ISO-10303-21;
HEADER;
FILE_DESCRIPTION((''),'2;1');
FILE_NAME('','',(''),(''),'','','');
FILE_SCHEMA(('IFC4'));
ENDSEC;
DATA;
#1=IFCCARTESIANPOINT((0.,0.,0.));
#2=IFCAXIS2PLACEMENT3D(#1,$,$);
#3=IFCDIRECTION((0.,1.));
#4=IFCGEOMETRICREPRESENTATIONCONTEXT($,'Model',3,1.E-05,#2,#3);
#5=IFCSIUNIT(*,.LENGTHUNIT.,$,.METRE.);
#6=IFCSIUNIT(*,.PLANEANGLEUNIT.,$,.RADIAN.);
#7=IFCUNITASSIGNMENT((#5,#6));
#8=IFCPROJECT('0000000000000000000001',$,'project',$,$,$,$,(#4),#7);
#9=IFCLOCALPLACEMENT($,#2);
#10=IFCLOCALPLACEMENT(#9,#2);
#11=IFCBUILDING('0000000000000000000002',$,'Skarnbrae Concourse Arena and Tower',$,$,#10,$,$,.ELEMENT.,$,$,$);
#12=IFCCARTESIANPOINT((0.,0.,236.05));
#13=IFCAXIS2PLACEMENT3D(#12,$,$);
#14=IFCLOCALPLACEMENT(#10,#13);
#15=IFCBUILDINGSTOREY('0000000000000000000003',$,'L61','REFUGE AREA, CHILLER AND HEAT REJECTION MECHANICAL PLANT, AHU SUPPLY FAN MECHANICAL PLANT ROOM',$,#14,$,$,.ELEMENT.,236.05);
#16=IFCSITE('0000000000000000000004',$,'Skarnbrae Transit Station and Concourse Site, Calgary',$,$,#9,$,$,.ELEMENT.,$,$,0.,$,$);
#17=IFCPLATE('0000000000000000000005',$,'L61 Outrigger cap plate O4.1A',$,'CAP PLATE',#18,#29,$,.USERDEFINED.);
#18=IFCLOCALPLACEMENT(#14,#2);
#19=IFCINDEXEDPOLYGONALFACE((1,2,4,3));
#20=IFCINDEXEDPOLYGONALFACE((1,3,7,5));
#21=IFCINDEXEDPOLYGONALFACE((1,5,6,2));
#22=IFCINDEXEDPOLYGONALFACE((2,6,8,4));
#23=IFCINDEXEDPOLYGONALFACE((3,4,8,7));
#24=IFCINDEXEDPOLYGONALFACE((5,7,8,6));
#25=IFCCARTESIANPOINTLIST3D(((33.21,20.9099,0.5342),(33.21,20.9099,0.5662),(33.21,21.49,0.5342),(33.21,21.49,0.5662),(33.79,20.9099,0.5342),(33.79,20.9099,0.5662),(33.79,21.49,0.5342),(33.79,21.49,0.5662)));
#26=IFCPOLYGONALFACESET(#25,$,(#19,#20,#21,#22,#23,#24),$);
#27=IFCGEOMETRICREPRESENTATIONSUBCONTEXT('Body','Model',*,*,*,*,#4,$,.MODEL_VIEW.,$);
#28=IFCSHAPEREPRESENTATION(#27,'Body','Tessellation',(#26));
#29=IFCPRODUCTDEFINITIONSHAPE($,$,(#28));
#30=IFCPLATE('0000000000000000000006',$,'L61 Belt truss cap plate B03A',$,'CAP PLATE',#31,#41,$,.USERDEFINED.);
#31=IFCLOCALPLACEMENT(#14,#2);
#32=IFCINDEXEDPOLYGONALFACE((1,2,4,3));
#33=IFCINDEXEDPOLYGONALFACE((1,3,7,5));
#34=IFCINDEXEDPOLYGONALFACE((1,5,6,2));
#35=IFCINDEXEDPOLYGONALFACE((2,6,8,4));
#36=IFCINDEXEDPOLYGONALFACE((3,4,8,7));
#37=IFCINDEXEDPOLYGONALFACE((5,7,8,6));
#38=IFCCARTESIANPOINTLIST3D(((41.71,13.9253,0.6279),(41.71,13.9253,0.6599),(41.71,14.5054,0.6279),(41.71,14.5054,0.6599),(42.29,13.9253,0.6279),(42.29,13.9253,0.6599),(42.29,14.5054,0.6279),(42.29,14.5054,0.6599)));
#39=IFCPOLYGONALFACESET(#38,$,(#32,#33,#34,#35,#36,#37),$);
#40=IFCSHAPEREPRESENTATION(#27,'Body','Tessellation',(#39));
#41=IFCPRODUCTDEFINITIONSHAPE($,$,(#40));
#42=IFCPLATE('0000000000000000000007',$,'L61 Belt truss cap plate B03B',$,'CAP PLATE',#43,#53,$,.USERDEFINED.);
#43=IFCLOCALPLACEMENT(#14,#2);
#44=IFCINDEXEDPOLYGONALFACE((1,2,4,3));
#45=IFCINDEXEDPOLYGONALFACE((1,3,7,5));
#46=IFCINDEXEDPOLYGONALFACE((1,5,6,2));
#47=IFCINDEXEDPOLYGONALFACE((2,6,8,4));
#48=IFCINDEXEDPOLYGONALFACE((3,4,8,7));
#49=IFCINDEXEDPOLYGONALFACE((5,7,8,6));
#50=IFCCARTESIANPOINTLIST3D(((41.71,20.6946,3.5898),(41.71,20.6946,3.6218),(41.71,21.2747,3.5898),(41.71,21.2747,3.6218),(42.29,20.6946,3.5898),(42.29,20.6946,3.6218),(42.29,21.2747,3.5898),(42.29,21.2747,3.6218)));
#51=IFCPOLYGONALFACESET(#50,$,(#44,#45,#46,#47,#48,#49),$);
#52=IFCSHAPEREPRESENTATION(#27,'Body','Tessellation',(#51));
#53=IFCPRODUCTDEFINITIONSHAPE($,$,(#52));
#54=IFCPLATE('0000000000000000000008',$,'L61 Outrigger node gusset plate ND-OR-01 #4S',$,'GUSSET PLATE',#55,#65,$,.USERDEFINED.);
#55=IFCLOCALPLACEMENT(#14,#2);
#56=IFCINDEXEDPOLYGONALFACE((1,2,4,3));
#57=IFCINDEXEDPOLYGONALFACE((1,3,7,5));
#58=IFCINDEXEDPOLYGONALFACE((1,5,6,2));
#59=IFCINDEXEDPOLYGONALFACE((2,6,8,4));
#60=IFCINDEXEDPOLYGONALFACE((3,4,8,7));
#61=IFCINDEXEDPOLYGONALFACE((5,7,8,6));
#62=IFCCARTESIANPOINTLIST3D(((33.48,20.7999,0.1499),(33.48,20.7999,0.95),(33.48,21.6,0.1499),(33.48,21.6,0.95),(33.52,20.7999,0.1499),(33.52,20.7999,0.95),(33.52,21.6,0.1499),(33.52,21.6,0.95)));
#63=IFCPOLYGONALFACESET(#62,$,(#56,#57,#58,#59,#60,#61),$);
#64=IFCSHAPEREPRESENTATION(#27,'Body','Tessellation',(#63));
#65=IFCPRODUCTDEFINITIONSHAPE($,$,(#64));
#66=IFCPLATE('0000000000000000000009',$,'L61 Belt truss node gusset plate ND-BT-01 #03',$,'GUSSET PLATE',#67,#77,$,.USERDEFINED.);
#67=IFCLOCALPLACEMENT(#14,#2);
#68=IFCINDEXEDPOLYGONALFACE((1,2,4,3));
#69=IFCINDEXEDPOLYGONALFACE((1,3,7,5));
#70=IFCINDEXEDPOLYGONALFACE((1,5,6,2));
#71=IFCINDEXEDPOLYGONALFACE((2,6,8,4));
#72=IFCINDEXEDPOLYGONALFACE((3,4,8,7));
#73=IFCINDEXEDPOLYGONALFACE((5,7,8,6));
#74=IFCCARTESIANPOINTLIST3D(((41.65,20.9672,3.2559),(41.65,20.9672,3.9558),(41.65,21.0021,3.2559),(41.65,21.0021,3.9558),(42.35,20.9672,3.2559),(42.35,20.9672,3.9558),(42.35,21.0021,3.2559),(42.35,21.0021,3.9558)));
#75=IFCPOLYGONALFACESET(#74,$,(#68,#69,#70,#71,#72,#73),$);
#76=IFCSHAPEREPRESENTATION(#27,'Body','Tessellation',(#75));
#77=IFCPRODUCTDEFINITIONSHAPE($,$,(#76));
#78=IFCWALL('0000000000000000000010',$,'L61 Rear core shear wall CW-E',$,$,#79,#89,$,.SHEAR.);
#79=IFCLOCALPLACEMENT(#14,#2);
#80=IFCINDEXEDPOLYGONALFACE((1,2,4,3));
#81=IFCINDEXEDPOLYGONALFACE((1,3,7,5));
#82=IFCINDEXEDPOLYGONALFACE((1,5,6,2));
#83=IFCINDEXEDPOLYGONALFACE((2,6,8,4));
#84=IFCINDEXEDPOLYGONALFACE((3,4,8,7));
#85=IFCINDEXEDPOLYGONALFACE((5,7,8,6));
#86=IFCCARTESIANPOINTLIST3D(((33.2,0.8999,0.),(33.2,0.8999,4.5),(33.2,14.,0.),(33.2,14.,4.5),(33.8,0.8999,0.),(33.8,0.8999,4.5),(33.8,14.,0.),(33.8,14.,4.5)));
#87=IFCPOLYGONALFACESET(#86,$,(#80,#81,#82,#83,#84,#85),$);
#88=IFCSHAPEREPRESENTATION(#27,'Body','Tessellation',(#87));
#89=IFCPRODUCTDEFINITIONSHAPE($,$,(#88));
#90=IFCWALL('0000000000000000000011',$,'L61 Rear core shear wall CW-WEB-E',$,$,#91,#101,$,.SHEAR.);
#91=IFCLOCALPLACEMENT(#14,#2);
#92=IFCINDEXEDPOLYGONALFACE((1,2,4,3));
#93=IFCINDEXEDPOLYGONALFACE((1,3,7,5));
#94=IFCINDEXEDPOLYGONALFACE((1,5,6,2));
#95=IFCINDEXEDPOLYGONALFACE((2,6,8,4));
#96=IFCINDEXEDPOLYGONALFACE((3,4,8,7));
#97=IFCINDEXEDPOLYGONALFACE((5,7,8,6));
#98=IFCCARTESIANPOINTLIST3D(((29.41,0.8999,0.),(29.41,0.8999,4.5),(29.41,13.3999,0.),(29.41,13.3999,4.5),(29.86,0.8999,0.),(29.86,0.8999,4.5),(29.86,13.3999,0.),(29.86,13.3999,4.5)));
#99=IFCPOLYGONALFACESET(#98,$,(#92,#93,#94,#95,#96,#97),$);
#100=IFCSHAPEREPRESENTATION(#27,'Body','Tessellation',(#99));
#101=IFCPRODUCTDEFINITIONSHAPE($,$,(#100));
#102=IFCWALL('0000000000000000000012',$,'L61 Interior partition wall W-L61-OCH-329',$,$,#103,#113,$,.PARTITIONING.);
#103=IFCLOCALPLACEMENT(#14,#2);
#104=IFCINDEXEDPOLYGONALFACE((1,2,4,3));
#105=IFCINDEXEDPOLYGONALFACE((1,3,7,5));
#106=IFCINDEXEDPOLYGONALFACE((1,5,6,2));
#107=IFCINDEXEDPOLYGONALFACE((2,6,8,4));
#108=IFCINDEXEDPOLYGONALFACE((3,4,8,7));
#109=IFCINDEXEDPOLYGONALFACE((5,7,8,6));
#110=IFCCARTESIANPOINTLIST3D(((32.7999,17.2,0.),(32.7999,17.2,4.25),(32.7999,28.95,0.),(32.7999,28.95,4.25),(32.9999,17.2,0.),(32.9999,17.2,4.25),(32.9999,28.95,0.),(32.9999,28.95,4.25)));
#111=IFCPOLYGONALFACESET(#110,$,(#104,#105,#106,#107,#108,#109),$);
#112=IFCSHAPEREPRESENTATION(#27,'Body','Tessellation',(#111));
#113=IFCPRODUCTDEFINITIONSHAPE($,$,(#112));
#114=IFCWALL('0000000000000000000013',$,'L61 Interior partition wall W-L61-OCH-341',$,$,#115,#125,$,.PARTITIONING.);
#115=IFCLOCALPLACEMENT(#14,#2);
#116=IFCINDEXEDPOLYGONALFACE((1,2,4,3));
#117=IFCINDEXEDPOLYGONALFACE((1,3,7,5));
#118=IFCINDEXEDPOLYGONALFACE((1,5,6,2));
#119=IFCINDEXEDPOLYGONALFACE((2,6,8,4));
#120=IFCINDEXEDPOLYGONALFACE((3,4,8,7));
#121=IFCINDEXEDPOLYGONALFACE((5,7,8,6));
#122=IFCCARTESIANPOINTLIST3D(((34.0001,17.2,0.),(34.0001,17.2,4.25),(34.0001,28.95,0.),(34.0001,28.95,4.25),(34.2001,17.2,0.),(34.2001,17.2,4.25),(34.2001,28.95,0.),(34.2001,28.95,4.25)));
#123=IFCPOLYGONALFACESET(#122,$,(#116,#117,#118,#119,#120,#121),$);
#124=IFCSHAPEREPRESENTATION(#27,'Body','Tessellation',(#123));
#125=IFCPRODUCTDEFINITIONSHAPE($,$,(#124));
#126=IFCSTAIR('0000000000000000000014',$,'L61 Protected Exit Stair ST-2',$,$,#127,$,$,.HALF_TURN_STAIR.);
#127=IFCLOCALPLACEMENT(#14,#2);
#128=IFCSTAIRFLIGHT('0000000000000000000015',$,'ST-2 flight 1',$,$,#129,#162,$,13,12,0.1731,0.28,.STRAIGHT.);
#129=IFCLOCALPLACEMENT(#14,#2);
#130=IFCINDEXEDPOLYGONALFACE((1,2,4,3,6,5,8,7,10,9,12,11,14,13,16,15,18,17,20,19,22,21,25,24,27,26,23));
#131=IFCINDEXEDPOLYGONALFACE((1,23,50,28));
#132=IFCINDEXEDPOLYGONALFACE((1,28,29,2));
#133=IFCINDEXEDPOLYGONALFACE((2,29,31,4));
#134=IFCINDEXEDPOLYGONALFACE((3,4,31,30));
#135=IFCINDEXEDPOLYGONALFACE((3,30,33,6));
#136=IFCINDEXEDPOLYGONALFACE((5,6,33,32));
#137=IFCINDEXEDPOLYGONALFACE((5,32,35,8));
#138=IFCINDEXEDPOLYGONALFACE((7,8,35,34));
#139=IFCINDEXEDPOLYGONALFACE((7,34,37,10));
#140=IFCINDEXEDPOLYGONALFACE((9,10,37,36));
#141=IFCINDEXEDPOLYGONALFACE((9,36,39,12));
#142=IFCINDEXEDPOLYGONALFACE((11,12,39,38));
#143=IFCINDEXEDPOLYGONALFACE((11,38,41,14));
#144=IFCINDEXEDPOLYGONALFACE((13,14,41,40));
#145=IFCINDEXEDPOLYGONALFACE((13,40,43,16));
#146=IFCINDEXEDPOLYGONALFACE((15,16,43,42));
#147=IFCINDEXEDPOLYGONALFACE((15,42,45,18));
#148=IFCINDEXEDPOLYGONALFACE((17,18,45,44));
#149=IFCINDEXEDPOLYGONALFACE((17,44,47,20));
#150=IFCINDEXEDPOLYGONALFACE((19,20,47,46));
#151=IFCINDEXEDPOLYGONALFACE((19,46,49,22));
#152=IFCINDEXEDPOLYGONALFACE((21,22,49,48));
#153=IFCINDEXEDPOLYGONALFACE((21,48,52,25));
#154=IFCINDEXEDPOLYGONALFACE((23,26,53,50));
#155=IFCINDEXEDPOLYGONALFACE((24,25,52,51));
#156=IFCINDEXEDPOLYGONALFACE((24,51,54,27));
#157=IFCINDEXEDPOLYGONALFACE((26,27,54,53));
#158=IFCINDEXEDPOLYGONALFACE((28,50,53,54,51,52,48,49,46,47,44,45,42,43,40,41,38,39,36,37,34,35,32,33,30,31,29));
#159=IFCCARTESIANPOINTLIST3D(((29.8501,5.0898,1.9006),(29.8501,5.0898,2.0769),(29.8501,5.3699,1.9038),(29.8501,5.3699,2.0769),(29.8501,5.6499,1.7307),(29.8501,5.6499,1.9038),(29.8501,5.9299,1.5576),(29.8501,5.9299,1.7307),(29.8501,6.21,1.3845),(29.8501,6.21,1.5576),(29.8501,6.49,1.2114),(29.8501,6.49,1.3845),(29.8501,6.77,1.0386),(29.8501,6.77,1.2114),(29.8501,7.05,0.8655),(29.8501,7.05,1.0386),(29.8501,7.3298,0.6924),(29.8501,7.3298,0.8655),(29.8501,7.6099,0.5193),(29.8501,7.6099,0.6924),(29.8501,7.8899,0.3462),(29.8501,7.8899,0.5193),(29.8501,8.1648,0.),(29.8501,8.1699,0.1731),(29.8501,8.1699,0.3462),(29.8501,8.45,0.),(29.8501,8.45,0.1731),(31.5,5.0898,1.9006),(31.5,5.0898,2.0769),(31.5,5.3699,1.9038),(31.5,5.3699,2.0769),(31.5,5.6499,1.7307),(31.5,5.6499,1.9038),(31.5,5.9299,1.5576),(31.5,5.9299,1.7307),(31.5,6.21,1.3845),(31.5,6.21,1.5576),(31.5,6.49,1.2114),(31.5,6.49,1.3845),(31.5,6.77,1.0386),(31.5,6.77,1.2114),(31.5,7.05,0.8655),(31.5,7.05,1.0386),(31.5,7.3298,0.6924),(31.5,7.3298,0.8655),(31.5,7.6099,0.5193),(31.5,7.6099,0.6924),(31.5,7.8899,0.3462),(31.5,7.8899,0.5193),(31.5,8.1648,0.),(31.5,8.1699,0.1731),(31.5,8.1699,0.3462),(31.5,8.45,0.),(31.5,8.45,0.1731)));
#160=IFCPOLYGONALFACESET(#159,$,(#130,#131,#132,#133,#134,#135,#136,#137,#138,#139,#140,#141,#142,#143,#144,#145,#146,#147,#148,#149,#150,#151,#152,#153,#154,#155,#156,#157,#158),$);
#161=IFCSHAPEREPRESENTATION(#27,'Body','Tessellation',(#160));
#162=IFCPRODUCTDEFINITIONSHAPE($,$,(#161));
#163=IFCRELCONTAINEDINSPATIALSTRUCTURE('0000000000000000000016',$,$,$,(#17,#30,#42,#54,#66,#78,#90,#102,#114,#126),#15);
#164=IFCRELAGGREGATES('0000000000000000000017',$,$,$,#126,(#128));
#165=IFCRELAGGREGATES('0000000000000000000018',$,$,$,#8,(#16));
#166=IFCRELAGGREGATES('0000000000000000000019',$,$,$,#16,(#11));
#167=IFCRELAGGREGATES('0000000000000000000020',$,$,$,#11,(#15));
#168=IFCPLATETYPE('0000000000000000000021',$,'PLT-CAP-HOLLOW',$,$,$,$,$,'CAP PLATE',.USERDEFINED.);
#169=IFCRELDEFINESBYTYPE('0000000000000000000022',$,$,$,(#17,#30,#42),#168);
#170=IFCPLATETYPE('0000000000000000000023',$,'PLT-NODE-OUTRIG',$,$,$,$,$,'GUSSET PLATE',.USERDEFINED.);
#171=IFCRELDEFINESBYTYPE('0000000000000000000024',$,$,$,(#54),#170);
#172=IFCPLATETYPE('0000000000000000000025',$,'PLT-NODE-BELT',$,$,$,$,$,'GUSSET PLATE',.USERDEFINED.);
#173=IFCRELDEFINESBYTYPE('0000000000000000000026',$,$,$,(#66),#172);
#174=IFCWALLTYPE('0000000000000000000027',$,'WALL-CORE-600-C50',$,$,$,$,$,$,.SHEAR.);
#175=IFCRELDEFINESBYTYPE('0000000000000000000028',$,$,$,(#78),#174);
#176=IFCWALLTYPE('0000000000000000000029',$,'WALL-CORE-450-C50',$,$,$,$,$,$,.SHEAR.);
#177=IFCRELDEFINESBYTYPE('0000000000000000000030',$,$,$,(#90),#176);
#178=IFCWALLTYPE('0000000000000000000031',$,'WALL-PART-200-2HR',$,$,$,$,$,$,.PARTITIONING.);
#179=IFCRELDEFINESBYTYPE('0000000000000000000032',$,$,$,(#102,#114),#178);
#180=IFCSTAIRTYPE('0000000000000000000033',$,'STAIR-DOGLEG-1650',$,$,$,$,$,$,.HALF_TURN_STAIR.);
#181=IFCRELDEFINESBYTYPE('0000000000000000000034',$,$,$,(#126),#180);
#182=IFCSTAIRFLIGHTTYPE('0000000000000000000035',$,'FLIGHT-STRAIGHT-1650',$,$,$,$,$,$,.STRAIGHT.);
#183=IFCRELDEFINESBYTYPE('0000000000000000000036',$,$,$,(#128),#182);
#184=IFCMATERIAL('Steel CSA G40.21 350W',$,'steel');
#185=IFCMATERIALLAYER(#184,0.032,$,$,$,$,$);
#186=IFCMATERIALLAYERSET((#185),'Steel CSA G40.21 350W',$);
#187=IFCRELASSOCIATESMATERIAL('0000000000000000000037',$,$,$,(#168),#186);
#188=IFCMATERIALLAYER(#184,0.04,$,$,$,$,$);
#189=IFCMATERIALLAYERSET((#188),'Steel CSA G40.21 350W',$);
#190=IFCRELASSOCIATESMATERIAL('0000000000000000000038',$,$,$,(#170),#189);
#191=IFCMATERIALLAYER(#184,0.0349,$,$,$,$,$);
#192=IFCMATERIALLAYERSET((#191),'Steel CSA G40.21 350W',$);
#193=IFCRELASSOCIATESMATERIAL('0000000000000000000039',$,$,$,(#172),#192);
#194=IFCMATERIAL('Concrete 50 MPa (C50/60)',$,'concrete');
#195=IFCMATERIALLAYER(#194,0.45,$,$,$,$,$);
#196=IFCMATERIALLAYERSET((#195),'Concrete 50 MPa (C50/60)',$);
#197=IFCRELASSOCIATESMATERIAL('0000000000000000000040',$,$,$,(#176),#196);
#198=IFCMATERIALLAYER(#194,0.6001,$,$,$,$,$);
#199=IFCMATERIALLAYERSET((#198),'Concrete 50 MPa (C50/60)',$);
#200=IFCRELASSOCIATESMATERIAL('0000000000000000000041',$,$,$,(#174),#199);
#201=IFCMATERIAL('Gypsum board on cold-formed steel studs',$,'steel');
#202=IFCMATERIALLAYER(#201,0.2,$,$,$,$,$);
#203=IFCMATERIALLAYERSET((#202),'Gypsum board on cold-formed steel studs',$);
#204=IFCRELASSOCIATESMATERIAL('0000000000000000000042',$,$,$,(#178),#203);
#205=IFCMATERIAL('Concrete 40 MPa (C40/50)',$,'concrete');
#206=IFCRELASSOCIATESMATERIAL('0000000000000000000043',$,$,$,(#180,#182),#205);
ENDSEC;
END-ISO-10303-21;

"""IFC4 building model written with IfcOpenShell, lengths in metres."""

from ifc_helpers import new_model, si_unit, direction, frame, frame_2d, origin, origin_2d, place, context, subcontext, project, spatial, polyline, rectangle, outline, extrude, source, transform, mapped, material, layer, layer_set, type_object, element, aggregate, save


model = new_model("IFC4")

# Units and contexts
model_context = context("Model", 3, precision=1e-05, world=origin(), true_north=direction((0.0, 1.0)))
body_context = subcontext(model_context, "Body", "Model", "MODEL_VIEW")
ifc_project = project(units=[si_unit("LENGTHUNIT", "METRE"), si_unit("PLANEANGLEUNIT", "RADIAN")], contexts=[model_context])

# Site, building, storey
site_placement = place(None, origin())
site = spatial("IfcSite", under=ifc_project, at=site_placement, Name="Skarnbrae Transit Station and Concourse Site, Calgary", CompositionType="ELEMENT", RefElevation=0.0)
building_placement = place(site_placement, origin())
building = spatial("IfcBuilding", under=site, at=building_placement, Name="Skarnbrae Concourse Arena and Tower", CompositionType="ELEMENT")
storey_placement = place(building_placement, frame((0.0, 0.0, 236.05)))
storey = spatial("IfcBuildingStorey", under=building, at=storey_placement, Name="L61", Description="REFUGE AREA, CHILLER AND HEAT REJECTION MECHANICAL PLANT, AHU SUPPLY FAN MECHANICAL PLANT ROOM", CompositionType="ELEMENT", Elevation=236.05)

# Shared definitions
ifc_material_1 = material(Name="Steel CSA G40.21 350W", Category="steel")

# Plates
ifc_layer_1 = layer(ifc_material_1, 0.032)
ifc_layer_set_1 = layer_set([ifc_layer_1], Name="Steel CSA G40.21 350W")
plate_type_1 = type_object("IfcPlateType", Name="PLT-CAP-HOLLOW", ElementType="CAP PLATE", PredefinedType="USERDEFINED", material=ifc_layer_set_1)
shared_shape_1 = source(origin(), body_context, "Body", "SweptSolid", [
    extrude(rectangle(XDim=0.5801, YDim=0.5801, at=origin_2d()), origin(), (0.0, 0.0, 1.0), 0.032),
])
for number, where, z_axis, x_axis, name in (
    (1, (33.5, 21.2, 0.5342), (0.0, 0.0, 1.0), (1.0, 0.0, 0.0), "L61 Outrigger cap plate O4.1A"),
    (2, (42.0, 14.2153, 0.6279), (0.0, 0.0, 1.0), (1.0, 0.0, 0.0), "L61 Belt truss cap plate B03A"),
    (3, (42.0, 20.9846, 3.5898), (0.0, 0.0, 1.0), (1.0, 0.0, 0.0), "L61 Belt truss cap plate B03B"),
):
    element("IfcPlate", number, at=place(storey_placement, frame(where, z_axis=z_axis, x_axis=x_axis)), inside=storey, type_object=plate_type_1, Name=name, ObjectType="CAP PLATE", PredefinedType="USERDEFINED", context=body_context, shape_type="MappedRepresentation", body=[
        mapped(shared_shape_1, transform((0.0, 0.0, 0.0))),
    ])
ifc_layer_2 = layer(ifc_material_1, 0.04)
ifc_layer_set_2 = layer_set([ifc_layer_2], Name="Steel CSA G40.21 350W")
plate_type_2 = type_object("IfcPlateType", Name="PLT-NODE-OUTRIG", ElementType="GUSSET PLATE", PredefinedType="USERDEFINED", material=ifc_layer_set_2)
shared_shape_2 = source(origin(), body_context, "Body", "SweptSolid", [
    extrude(rectangle(XDim=0.8, YDim=0.04, at=origin_2d()), origin(), (0.0, 0.0, 1.0), 0.8),
])
plate_1_placement = place(storey_placement, frame((33.5, 21.2, 0.1499), z_axis=(0.0, 0.0, 1.0), x_axis=(0.0, 1.0, 0.0)))
element("IfcPlate", 4, at=plate_1_placement, inside=storey, type_object=plate_type_2, Name="L61 Outrigger node gusset plate ND-OR-01 #4S", ObjectType="GUSSET PLATE", PredefinedType="USERDEFINED", context=body_context, shape_type="MappedRepresentation", body=[
    mapped(shared_shape_2, transform((0.0, 0.0, 0.0))),
])
ifc_layer_3 = layer(ifc_material_1, 0.0349)
ifc_layer_set_3 = layer_set([ifc_layer_3], Name="Steel CSA G40.21 350W")
plate_type_3 = type_object("IfcPlateType", Name="PLT-NODE-BELT", ElementType="GUSSET PLATE", PredefinedType="USERDEFINED", material=ifc_layer_set_3)
shared_shape_3 = source(origin(), body_context, "Body", "SweptSolid", [
    extrude(rectangle(XDim=0.7, YDim=0.0349, at=origin_2d()), origin(), (0.0, 0.0, 1.0), 0.7),
])
plate_2_placement = place(storey_placement, frame((42.0, 20.9846, 3.2559), z_axis=(0.0, 0.0, 1.0), x_axis=(1.0, 0.0, 0.0)))
element("IfcPlate", 5, at=plate_2_placement, inside=storey, type_object=plate_type_3, Name="L61 Belt truss node gusset plate ND-BT-01 #03", ObjectType="GUSSET PLATE", PredefinedType="USERDEFINED", context=body_context, shape_type="MappedRepresentation", body=[
    mapped(shared_shape_3, transform((0.0, 0.0, 0.0))),
])

# Shared definitions
ifc_material_2 = material(Name="Concrete 50 MPa (C50/60)", Category="concrete")
ifc_layer_4 = layer(ifc_material_2, 0.45)
ifc_layer_set_4 = layer_set([ifc_layer_4], Name="Concrete 50 MPa (C50/60)")
wall_type_1 = type_object("IfcWallType", Name="WALL-CORE-450-C50", PredefinedType="SHEAR", material=ifc_layer_set_4)

# Walls
ifc_layer_5 = layer(ifc_material_2, 0.6001)
ifc_layer_set_5 = layer_set([ifc_layer_5], Name="Concrete 50 MPa (C50/60)")
wall_type_2 = type_object("IfcWallType", Name="WALL-CORE-600-C50", PredefinedType="SHEAR", material=ifc_layer_set_5)
shared_shape_4 = source(origin(), body_context, "Body", "SweptSolid", [
    extrude(rectangle(XDim=13.1001, YDim=0.6001, at=frame_2d((6.55, 0.0))), origin(), (0.0, 0.0, 1.0), 4.5),
])
wall_1_placement = place(storey_placement, frame((33.5, 0.8999, 0.0), z_axis=(0.0, 0.0, 1.0), x_axis=(0.0, 1.0, 0.0)))
element("IfcWall", 6, at=wall_1_placement, inside=storey, type_object=wall_type_2, Name="L61 Rear core shear wall CW-E", PredefinedType="SHEAR", context=body_context, shape_type="MappedRepresentation", body=[
    mapped(shared_shape_4, transform((0.0, 0.0, 0.0))),
])
shared_shape_5 = source(origin(), body_context, "Body", "SweptSolid", [
    extrude(rectangle(XDim=12.5, YDim=0.45, at=frame_2d((6.25, 0.0))), origin(), (0.0, 0.0, 1.0), 4.5),
])
wall_2_placement = place(storey_placement, frame((29.635, 0.8999, 0.0), z_axis=(0.0, 0.0, 1.0), x_axis=(0.0, 1.0, 0.0)))
element("IfcWall", 7, at=wall_2_placement, inside=storey, type_object=wall_type_1, Name="L61 Rear core shear wall CW-WEB-E", PredefinedType="SHEAR", context=body_context, shape_type="MappedRepresentation", body=[
    mapped(shared_shape_5, transform((0.0, 0.0, 0.0))),
])
ifc_material_3 = material(Name="Gypsum board on cold-formed steel studs", Category="steel")
ifc_layer_6 = layer(ifc_material_3, 0.2)
ifc_layer_set_6 = layer_set([ifc_layer_6], Name="Gypsum board on cold-formed steel studs")
wall_type_3 = type_object("IfcWallType", Name="WALL-PART-200-2HR", PredefinedType="PARTITIONING", material=ifc_layer_set_6)
shared_shape_6 = source(origin(), body_context, "Body", "SweptSolid", [
    extrude(rectangle(XDim=11.75, YDim=0.2, at=frame_2d((5.875, 0.0))), origin(), (0.0, 0.0, 1.0), 4.25),
])
for number, where, z_axis, x_axis, name in (
    (8, (32.8999, 17.2, 0.0), (0.0, 0.0, 1.0), (0.0, 1.0, 0.0), "L61 Interior partition wall W-L61-OCH-329"),
    (9, (34.1001, 17.2, 0.0), (0.0, 0.0, 1.0), (0.0, 1.0, 0.0), "L61 Interior partition wall W-L61-OCH-341"),
):
    element("IfcWall", number, at=place(storey_placement, frame(where, z_axis=z_axis, x_axis=x_axis)), inside=storey, type_object=wall_type_3, Name=name, PredefinedType="PARTITIONING", context=body_context, shape_type="MappedRepresentation", body=[
        mapped(shared_shape_6, transform((0.0, 0.0, 0.0))),
    ])

# Stair, stair flight
ifc_material_4 = material(Name="Concrete 40 MPa (C40/50)", Category="concrete")
stair_type = type_object("IfcStairType", Name="STAIR-DOGLEG-1650", PredefinedType="HALF_TURN_STAIR", material=ifc_material_4)
stair_placement = place(storey_placement, origin())
stair = element("IfcStair", 10, at=stair_placement, inside=storey, type_object=stair_type, Name="L61 Protected Exit Stair ST-2", PredefinedType="HALF_TURN_STAIR")
stair_flight_type = type_object("IfcStairFlightType", Name="FLIGHT-STRAIGHT-1650", PredefinedType="STRAIGHT", material=ifc_material_4)
shared_shape_7 = source(origin(), body_context, "Body", "SweptSolid", [
    extrude(outline(polyline([(0.0, 0.0), (0.0, 0.1731), (0.28, 0.1731), (0.28, 0.3462), (0.5601, 0.3462), (0.5601, 0.5193), (0.8401, 0.5193), (0.8401, 0.6924), (1.1201, 0.6924), (1.1201, 0.8655), (1.3999, 0.8655), (1.3999, 1.0386), (1.6799, 1.0386), (1.6799, 1.2114), (1.96, 1.2114), (1.96, 1.3845), (2.24, 1.3845), (2.24, 1.5576), (2.52, 1.5576), (2.52, 1.7307), (2.8, 1.7307), (2.8, 1.9038), (3.0801, 1.9038), (3.0801, 2.0769), (3.3601, 2.0769), (3.3601, 2.25), (3.3601, 1.9006), (0.2852, 0.0), (0.0, 0.0)])), frame((0.0, 0.825, 0.0), z_axis=(0.0, -1.0, 0.0), x_axis=(1.0, 0.0, 0.0)), (0.0, 0.0, 1.0), 1.6499),
])
stair_flight_1_placement = place(storey_placement, frame((30.675, 8.45, 0.0), z_axis=(0.0, 0.0, 1.0), x_axis=(0.0, -1.0, 0.0)))
stair_flight_1 = element("IfcStairFlight", 11, at=stair_flight_1_placement, type_object=stair_flight_type, Name="ST-2 flight 1", NumberOfRisers=13, NumberOfTreads=12, PredefinedType="STRAIGHT", RiserHeight=0.1731, TreadLength=0.28, context=body_context, shape_type="MappedRepresentation", body=[
    mapped(shared_shape_7, transform((0.0, 0.0, 0.0))),
])
aggregate(stair, [stair_flight_1])

save(model, "model.ifc")
